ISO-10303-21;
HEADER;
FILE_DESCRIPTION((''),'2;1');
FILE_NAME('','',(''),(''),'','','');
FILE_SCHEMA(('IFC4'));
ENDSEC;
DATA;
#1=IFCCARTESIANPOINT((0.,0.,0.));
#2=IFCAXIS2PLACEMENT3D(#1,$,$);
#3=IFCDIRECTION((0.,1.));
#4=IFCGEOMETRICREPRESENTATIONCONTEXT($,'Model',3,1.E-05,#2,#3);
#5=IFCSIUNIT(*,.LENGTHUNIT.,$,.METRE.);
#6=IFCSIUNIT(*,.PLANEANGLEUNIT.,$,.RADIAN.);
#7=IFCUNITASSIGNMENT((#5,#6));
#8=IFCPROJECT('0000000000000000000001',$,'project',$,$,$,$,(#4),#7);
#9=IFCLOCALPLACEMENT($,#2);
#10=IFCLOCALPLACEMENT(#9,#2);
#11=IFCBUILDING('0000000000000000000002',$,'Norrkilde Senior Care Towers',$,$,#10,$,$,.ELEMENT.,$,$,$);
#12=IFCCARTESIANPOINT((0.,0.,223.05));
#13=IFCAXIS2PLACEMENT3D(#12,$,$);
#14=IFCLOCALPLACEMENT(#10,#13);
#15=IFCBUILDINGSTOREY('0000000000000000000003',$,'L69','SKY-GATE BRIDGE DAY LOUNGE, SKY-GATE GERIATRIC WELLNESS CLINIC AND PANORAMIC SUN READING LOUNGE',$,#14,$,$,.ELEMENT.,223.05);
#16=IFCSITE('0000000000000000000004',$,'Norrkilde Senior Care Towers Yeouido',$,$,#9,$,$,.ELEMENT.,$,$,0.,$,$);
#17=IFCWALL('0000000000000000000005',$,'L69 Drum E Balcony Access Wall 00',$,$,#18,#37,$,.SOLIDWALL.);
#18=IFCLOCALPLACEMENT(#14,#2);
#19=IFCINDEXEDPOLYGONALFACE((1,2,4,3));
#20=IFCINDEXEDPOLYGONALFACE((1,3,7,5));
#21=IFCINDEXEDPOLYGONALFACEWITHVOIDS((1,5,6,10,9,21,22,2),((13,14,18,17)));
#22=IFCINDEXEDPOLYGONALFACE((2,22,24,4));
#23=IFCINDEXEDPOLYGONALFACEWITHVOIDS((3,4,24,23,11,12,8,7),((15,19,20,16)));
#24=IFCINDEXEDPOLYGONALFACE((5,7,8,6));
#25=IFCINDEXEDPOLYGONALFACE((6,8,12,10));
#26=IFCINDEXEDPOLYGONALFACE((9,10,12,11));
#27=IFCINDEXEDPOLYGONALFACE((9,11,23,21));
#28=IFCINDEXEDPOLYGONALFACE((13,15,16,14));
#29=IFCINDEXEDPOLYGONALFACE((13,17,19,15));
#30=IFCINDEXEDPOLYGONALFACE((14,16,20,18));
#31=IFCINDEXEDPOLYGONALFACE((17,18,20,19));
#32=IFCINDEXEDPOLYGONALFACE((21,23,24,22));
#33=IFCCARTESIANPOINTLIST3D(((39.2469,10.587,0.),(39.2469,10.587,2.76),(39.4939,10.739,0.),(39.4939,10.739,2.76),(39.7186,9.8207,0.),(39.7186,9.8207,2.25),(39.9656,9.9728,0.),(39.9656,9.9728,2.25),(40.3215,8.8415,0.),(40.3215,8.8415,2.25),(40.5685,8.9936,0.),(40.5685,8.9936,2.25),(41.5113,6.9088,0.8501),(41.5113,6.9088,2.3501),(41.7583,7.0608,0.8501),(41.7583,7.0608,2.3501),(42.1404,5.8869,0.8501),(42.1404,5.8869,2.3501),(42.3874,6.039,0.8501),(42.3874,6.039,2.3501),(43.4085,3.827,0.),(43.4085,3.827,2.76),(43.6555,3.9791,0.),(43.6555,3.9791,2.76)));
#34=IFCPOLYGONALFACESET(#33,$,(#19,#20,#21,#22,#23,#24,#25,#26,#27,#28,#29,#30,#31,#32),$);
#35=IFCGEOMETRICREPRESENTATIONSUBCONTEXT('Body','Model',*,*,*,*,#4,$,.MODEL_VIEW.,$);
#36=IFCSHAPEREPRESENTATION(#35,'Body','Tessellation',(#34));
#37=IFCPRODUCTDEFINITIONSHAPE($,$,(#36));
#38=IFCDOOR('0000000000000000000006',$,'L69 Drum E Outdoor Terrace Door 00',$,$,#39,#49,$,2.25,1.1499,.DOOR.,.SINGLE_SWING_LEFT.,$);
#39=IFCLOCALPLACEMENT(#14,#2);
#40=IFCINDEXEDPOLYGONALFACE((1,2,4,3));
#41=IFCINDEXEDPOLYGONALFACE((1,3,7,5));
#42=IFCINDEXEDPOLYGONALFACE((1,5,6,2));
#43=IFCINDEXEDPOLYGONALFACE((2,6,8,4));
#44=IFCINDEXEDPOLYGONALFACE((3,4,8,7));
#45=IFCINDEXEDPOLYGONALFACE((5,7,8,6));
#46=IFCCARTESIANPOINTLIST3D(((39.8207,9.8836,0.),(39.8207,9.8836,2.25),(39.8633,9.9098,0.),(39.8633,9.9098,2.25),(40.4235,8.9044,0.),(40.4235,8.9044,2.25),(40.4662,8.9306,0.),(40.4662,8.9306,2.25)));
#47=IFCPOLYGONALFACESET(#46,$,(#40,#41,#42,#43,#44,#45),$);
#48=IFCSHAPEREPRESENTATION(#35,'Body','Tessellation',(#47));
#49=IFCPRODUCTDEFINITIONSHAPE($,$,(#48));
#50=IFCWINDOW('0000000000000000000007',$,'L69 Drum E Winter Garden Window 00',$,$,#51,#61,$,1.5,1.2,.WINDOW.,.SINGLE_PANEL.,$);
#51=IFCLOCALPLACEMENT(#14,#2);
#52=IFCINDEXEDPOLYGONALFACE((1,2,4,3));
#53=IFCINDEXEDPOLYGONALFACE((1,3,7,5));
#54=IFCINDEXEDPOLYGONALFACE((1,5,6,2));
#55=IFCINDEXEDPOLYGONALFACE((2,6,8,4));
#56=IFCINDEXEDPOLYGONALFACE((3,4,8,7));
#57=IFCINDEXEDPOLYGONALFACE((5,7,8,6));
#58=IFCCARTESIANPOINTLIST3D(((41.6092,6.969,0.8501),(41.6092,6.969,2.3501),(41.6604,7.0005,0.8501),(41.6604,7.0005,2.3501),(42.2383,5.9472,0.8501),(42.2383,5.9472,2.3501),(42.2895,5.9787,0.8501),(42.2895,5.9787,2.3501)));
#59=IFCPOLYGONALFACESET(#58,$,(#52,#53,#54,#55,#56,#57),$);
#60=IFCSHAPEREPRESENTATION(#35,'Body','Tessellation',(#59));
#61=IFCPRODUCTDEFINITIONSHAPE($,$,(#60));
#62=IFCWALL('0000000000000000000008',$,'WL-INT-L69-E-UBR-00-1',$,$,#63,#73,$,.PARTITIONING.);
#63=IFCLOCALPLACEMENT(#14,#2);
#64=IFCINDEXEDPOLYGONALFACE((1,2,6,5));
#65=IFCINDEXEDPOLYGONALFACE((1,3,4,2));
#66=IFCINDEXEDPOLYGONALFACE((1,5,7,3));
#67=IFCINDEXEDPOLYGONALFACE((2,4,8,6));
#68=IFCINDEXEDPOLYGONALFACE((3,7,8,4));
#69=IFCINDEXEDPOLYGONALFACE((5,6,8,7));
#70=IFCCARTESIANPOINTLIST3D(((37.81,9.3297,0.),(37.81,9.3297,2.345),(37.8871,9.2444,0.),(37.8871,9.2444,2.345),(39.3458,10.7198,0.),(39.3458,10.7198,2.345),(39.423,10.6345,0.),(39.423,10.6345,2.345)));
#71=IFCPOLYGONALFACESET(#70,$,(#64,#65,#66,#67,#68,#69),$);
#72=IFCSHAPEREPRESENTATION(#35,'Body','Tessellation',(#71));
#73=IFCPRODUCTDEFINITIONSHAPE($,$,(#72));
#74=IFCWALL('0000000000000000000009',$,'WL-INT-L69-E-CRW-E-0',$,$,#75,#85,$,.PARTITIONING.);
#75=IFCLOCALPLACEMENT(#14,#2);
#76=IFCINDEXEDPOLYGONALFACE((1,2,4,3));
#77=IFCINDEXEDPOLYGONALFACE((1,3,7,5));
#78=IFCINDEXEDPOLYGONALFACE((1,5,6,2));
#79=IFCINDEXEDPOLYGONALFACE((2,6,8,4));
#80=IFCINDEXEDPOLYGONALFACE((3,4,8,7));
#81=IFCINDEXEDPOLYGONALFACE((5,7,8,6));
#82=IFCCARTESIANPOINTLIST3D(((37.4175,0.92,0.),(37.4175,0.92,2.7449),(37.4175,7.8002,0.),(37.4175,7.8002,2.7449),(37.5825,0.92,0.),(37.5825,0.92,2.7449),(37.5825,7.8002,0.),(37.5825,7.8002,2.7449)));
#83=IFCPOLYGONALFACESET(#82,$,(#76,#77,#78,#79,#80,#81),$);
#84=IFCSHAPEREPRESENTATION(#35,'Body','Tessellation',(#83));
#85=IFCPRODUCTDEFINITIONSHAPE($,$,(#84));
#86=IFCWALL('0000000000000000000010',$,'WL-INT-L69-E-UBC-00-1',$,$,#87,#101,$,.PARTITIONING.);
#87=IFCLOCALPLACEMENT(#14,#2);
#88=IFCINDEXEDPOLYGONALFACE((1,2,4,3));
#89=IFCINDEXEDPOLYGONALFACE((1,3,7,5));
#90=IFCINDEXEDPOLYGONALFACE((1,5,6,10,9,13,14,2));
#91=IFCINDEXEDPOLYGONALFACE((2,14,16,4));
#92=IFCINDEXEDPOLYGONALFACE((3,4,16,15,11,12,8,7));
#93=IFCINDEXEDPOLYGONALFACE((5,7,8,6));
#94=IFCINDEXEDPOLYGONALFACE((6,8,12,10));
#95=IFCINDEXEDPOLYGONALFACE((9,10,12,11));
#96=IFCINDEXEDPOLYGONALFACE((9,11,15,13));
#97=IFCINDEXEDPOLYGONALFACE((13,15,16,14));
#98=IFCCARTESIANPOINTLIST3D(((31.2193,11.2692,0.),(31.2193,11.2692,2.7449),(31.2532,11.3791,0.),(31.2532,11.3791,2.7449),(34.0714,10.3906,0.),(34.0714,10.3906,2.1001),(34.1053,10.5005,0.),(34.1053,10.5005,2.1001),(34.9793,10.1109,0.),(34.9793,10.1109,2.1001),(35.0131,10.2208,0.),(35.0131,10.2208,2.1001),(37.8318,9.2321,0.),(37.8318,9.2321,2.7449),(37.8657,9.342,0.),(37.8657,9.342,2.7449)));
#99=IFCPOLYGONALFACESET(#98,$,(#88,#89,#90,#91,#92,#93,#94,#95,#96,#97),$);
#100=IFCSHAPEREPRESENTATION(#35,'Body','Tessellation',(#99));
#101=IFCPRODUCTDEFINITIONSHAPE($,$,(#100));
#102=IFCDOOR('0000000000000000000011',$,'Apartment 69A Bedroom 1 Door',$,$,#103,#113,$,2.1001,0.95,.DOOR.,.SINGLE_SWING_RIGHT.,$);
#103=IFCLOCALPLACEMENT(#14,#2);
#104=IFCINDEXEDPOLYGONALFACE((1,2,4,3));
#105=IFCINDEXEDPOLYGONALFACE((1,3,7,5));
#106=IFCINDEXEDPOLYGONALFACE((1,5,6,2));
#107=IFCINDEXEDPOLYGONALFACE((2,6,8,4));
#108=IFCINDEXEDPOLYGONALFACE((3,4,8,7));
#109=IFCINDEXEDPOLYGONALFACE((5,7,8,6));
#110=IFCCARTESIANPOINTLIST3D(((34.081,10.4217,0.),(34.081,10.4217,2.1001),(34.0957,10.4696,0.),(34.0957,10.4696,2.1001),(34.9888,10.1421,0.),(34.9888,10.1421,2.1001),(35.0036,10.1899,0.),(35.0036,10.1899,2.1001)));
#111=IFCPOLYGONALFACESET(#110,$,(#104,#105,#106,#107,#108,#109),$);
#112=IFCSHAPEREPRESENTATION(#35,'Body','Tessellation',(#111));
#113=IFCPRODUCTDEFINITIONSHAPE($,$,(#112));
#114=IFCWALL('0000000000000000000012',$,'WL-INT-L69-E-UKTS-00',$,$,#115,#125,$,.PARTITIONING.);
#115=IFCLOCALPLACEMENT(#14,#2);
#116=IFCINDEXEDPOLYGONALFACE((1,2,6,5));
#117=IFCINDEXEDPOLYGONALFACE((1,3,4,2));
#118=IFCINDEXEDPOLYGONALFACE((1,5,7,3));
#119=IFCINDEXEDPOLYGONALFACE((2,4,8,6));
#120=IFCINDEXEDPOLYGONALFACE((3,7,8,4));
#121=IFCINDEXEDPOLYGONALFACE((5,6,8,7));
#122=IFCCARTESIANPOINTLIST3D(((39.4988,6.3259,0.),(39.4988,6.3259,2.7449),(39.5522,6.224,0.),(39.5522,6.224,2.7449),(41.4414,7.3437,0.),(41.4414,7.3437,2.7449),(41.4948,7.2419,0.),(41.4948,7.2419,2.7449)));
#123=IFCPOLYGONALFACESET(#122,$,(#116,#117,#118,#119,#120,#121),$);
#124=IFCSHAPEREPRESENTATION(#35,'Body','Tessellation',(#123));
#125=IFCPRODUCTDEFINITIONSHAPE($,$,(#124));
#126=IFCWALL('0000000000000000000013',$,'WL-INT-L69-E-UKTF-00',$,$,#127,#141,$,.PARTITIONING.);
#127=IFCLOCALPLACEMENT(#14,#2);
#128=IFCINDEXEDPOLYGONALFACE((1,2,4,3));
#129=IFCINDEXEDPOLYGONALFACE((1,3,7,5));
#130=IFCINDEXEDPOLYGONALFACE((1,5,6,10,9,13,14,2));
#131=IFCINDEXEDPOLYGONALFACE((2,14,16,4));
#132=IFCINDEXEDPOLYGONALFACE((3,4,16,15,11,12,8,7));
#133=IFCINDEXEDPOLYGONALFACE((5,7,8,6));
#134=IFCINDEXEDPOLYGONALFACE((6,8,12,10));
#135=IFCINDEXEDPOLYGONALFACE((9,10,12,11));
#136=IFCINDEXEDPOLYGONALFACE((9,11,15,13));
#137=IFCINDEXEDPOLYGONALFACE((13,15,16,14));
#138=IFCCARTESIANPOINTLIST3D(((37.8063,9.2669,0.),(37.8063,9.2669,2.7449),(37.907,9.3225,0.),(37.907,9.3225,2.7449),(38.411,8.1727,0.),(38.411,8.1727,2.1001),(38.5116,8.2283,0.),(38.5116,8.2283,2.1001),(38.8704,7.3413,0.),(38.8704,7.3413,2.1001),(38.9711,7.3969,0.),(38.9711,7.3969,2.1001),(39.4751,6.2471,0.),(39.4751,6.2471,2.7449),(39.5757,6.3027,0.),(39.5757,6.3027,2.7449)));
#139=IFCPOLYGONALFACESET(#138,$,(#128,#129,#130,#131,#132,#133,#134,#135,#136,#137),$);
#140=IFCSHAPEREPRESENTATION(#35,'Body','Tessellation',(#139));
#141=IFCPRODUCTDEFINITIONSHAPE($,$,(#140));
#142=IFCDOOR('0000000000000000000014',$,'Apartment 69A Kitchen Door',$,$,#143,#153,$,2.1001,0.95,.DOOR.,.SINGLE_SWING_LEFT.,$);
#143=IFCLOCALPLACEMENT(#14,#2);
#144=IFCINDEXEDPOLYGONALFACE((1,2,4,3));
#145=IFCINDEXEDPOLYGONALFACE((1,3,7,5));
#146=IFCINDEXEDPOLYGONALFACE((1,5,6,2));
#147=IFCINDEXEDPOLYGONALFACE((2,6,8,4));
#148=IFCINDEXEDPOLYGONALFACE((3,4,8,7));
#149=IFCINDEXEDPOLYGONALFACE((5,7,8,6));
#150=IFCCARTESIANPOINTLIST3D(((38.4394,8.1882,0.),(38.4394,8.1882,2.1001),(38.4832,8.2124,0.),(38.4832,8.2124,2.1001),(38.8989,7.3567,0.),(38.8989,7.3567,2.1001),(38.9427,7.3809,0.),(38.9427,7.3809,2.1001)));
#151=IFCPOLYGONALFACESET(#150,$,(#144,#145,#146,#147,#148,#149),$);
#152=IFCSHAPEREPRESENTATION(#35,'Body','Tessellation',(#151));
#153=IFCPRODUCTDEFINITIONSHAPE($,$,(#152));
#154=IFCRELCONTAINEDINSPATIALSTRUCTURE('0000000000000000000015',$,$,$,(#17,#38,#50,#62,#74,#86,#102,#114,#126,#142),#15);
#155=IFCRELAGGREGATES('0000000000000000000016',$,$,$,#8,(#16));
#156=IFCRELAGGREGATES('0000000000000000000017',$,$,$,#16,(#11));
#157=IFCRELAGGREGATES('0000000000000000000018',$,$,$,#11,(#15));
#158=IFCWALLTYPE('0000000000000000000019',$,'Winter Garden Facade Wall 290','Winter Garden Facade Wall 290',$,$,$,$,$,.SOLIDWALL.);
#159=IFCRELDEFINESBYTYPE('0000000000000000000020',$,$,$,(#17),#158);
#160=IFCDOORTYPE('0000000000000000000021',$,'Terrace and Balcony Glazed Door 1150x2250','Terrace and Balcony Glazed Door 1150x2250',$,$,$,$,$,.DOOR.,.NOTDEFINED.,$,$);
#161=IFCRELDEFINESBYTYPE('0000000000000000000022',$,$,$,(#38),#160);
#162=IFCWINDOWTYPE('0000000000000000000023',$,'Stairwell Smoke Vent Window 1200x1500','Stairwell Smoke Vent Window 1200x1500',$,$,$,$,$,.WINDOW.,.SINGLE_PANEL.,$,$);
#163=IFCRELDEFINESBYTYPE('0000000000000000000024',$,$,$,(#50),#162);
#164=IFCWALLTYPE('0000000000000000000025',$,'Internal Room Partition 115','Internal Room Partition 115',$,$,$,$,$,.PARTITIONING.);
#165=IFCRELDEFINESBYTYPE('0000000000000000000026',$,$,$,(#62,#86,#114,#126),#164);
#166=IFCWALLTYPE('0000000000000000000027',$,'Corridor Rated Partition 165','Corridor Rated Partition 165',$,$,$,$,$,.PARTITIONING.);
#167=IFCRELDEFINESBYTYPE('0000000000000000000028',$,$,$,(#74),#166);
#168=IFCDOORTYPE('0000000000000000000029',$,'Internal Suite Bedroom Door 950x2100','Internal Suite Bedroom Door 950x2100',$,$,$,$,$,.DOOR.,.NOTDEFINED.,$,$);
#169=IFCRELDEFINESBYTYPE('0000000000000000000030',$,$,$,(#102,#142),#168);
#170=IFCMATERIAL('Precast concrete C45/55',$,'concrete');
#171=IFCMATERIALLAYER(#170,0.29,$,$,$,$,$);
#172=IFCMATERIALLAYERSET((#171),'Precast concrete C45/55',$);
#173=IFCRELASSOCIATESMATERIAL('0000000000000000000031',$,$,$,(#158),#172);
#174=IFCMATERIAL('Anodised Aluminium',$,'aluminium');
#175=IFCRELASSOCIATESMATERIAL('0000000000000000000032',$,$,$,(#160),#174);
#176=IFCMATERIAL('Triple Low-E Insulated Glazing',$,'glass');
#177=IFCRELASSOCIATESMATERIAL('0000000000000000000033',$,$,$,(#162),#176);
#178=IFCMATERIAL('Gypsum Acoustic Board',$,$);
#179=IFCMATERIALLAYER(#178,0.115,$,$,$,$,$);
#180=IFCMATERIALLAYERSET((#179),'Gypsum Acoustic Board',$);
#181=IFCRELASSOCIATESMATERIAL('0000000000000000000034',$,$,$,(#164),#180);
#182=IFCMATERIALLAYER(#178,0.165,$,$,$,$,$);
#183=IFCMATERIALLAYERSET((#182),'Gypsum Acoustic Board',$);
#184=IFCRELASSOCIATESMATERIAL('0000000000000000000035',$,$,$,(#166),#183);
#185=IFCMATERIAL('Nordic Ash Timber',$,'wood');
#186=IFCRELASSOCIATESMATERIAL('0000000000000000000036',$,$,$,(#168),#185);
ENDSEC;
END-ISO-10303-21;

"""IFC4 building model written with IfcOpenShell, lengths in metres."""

from ifc_helpers import new_model, si_unit, direction, frame, frame_2d, origin, place, context, subcontext, project, spatial, rectangle, extrude, source, transform, mapped, material, layer, layer_set, type_object, type_shapes, element, fill, save


model = new_model("IFC4")

# Units and contexts
model_context = context("Model", 3, precision=1e-05, world=origin(), true_north=direction((0.0, 1.0)))
body_context = subcontext(model_context, "Body", "Model", "MODEL_VIEW")
ifc_project = project(units=[si_unit("LENGTHUNIT", "METRE"), si_unit("PLANEANGLEUNIT", "RADIAN")], contexts=[model_context])

# Site, building, storey
site_placement = place(None, origin())
site = spatial("IfcSite", under=ifc_project, at=site_placement, Name="Norrkilde Senior Care Towers Yeouido", CompositionType="ELEMENT", RefElevation=0.0)
building_placement = place(site_placement, origin())
building = spatial("IfcBuilding", under=site, at=building_placement, Name="Norrkilde Senior Care Towers", CompositionType="ELEMENT")
storey_placement = place(building_placement, frame((0.0, 0.0, 223.05)))
storey = spatial("IfcBuildingStorey", under=building, at=storey_placement, Name="L69", Description="SKY-GATE BRIDGE DAY LOUNGE, SKY-GATE GERIATRIC WELLNESS CLINIC AND PANORAMIC SUN READING LOUNGE", CompositionType="ELEMENT", Elevation=223.05)

# Shared definitions
ifc_material_1 = material(Name="Triple Low-E Insulated Glazing", Category="glass")
ifc_material_2 = material(Name="Anodised Aluminium", Category="aluminium")

# Wall, openings, door, window
ifc_material_3 = material(Name="Precast concrete C45/55", Category="concrete")
ifc_layer_1 = layer(ifc_material_3, 0.29)
ifc_layer_set_1 = layer_set([ifc_layer_1], Name="Precast concrete C45/55")
wall_type_1 = type_object("IfcWallType", Name="Winter Garden Facade Wall 290", Description="Winter Garden Facade Wall 290", PredefinedType="SOLIDWALL", material=ifc_layer_set_1)
shared_shape_1 = source(origin(), body_context, "Body", "SweptSolid", [
    extrude(rectangle(XDim=7.9382, YDim=0.29, at=frame_2d((3.9692, 0.0))), origin(), (0.0, 0.0, 1.0), 2.76),
])
type_shapes(wall_type_1, [shared_shape_1])
wall_1_placement = place(storey_placement, frame((39.3704, 10.6631, 0.0), z_axis=(0.0, 0.0, 1.0), x_axis=(0.524245, -0.851567, 0.0)))
wall_1 = element("IfcWall", 1, at=wall_1_placement, inside=storey, type_object=wall_type_1, Name="L69 Drum E Balcony Access Wall 00", PredefinedType="SOLIDWALL", context=body_context, shape_type="MappedRepresentation", body=[
    mapped(shared_shape_1, transform((0.0, 0.0, 0.0), x_axis=(1.0, 0.0, 0.0), y_axis=(0.0, 1.0, 0.0), z_axis=(0.0, 0.0, 1.0), scale=1.0)),
])
opening_1_placement = place(wall_1_placement, frame((0.8999, 0.0, 0.0)))
opening_1 = element("IfcOpeningElement", 2, at=opening_1_placement, cuts=wall_1, PredefinedType="OPENING", context=body_context, shape_type="SweptSolid", body=[
    extrude(rectangle(XDim=1.1499, YDim=2.25, at=frame_2d((0.575, 1.125))), frame((0.0, 0.155, 0.0), z_axis=(0.0, -1.0, 0.0), x_axis=(1.0, 0.0, 0.0)), (0.0, 0.0, 1.0), 0.3101),
])
opening_2_placement = place(wall_1_placement, frame((4.3193, 0.0, 0.8501)))
opening_2 = element("IfcOpeningElement", 3, at=opening_2_placement, cuts=wall_1, PredefinedType="OPENING", context=body_context, shape_type="SweptSolid", body=[
    extrude(rectangle(XDim=1.2, YDim=1.5, at=frame_2d((0.6001, 0.75))), frame((0.0, 0.155, 0.0), z_axis=(0.0, -1.0, 0.0), x_axis=(1.0, 0.0, 0.0)), (0.0, 0.0, 1.0), 0.3101),
])
door_type_1 = type_object("IfcDoorType", Name="Terrace and Balcony Glazed Door 1150x2250", Description="Terrace and Balcony Glazed Door 1150x2250", OperationType="NOTDEFINED", PredefinedType="DOOR", material=ifc_material_2)
shared_shape_2 = source(origin(), body_context, "Body", "SweptSolid", [
    extrude(rectangle(XDim=1.1499, YDim=2.25, at=frame_2d((0.575, 1.125))), frame((0.0, 0.0249, 0.0), z_axis=(0.0, -1.0, 0.0), x_axis=(1.0, 0.0, 0.0)), (0.0, 0.0, 1.0), 0.05),
])
type_shapes(door_type_1, [shared_shape_2])
door_1_placement = place(opening_1_placement, origin())
door_1 = element("IfcDoor", 4, at=door_1_placement, inside=storey, type_object=door_type_1, Name="L69 Drum E Outdoor Terrace Door 00", OperationType="SINGLE_SWING_LEFT", OverallHeight=2.25, OverallWidth=1.1499, PredefinedType="DOOR", context=body_context, shape_type="MappedRepresentation", body=[
    mapped(shared_shape_2, transform((0.0, 0.0, 0.0), x_axis=(1.0, 0.0, 0.0), y_axis=(0.0, 1.0, 0.0), z_axis=(0.0, 0.0, 1.0), scale=1.0)),
])
fill(opening_1, door_1)
window_type = type_object("IfcWindowType", Name="Stairwell Smoke Vent Window 1200x1500", Description="Stairwell Smoke Vent Window 1200x1500", PartitioningType="SINGLE_PANEL", PredefinedType="WINDOW", material=ifc_material_1)
shared_shape_3 = source(origin(), body_context, "Body", "SweptSolid", [
    extrude(rectangle(XDim=1.2, YDim=1.5, at=frame_2d((0.6001, 0.75))), frame((0.0, 0.03, 0.0), z_axis=(0.0, -1.0, 0.0), x_axis=(1.0, 0.0, 0.0)), (0.0, 0.0, 1.0), 0.0601),
])
type_shapes(window_type, [shared_shape_3])
window_placement = place(opening_2_placement, origin())
window = element("IfcWindow", 5, at=window_placement, inside=storey, type_object=window_type, Name="L69 Drum E Winter Garden Window 00", OverallHeight=1.5, OverallWidth=1.2, PartitioningType="SINGLE_PANEL", PredefinedType="WINDOW", context=body_context, shape_type="MappedRepresentation", body=[
    mapped(shared_shape_3, transform((0.0, 0.0, 0.0), x_axis=(1.0, 0.0, 0.0), y_axis=(0.0, 1.0, 0.0), z_axis=(0.0, 0.0, 1.0), scale=1.0)),
])
fill(opening_2, window)

# Walls
ifc_material_4 = material(Name="Gypsum Acoustic Board")
ifc_layer_2 = layer(ifc_material_4, 0.115)
ifc_layer_set_2 = layer_set([ifc_layer_2], Name="Gypsum Acoustic Board")
wall_type_2 = type_object("IfcWallType", Name="Internal Room Partition 115", Description="Internal Room Partition 115", PredefinedType="PARTITIONING", material=ifc_layer_set_2)
shared_shape_4 = source(origin(), body_context, "Body", "SweptSolid", [
    extrude(rectangle(XDim=2.0715, YDim=0.115, at=frame_2d((1.0356, 0.0))), origin(), (0.0, 0.0, 1.0), 2.345),
])
wall_2_placement = place(storey_placement, frame((37.8486, 9.2871, 0.0), z_axis=(0.0, 0.0, 1.0), x_axis=(0.74141, 0.671052, 0.0)))
element("IfcWall", 6, at=wall_2_placement, inside=storey, type_object=wall_type_2, Name="WL-INT-L69-E-UBR-00-1", PredefinedType="PARTITIONING", context=body_context, shape_type="MappedRepresentation", body=[
    mapped(shared_shape_4, transform((0.0, 0.0, 0.0), x_axis=(1.0, 0.0, 0.0), y_axis=(0.0, 1.0, 0.0), z_axis=(0.0, 0.0, 1.0), scale=1.0)),
])
ifc_layer_3 = layer(ifc_material_4, 0.165)
ifc_layer_set_3 = layer_set([ifc_layer_3], Name="Gypsum Acoustic Board")
wall_type_3 = type_object("IfcWallType", Name="Corridor Rated Partition 165", Description="Corridor Rated Partition 165", PredefinedType="PARTITIONING", material=ifc_layer_set_3)
shared_shape_5 = source(origin(), body_context, "Body", "SweptSolid", [
    extrude(rectangle(XDim=6.8801, YDim=0.165, at=frame_2d((3.4399, 0.0))), origin(), (0.0, 0.0, 1.0), 2.7449),
])
type_shapes(wall_type_3, [shared_shape_5])
wall_3_placement = place(storey_placement, frame((37.5, 7.8, 0.0), z_axis=(0.0, 0.0, 1.0), x_axis=(0.0, -1.0, 0.0)))
element("IfcWall", 7, at=wall_3_placement, inside=storey, type_object=wall_type_3, Name="WL-INT-L69-E-CRW-E-0", PredefinedType="PARTITIONING", context=body_context, shape_type="MappedRepresentation", body=[
    mapped(shared_shape_5, transform((0.0, 0.0, 0.0), x_axis=(1.0, 0.0, 0.0), y_axis=(0.0, 1.0, 0.0), z_axis=(0.0, 0.0, 1.0), scale=1.0)),
])

# Wall, opening, door
shared_shape_6 = source(origin(), body_context, "Body", "SweptSolid", [
    extrude(rectangle(XDim=6.9192, YDim=0.115, at=frame_2d((3.4595, 0.0))), origin(), (0.0, 0.0, 1.0), 2.7449),
])
wall_4_placement = place(storey_placement, frame((37.8486, 9.2871, 0.0), z_axis=(0.0, 0.0, 1.0), x_axis=(-0.955678, 0.294413, 0.0)))
wall_4 = element("IfcWall", 8, at=wall_4_placement, inside=storey, type_object=wall_type_2, Name="WL-INT-L69-E-UBC-00-1", PredefinedType="PARTITIONING", context=body_context, shape_type="MappedRepresentation", body=[
    mapped(shared_shape_6, transform((0.0, 0.0, 0.0), x_axis=(1.0, 0.0, 0.0), y_axis=(0.0, 1.0, 0.0), z_axis=(0.0, 0.0, 1.0), scale=1.0)),
])
opening_3_placement = place(wall_4_placement, frame((2.9846, 0.0, 0.0)))
opening_3 = element("IfcOpeningElement", 9, at=opening_3_placement, cuts=wall_4, PredefinedType="OPENING", context=body_context, shape_type="SweptSolid", body=[
    extrude(rectangle(XDim=0.95, YDim=2.1001, at=frame_2d((0.4751, 1.05))), frame((0.0, 0.0674, 0.0), z_axis=(0.0, -1.0, 0.0), x_axis=(1.0, 0.0, 0.0)), (0.0, 0.0, 1.0), 0.135),
])
ifc_material_5 = material(Name="Nordic Ash Timber", Category="wood")
door_type_2 = type_object("IfcDoorType", Name="Internal Suite Bedroom Door 950x2100", Description="Internal Suite Bedroom Door 950x2100", OperationType="NOTDEFINED", PredefinedType="DOOR", material=ifc_material_5)
shared_shape_7 = source(origin(), body_context, "Body", "SweptSolid", [
    extrude(rectangle(XDim=0.95, YDim=2.1001, at=frame_2d((0.4751, 1.05))), frame((0.0, 0.0249, 0.0), z_axis=(0.0, -1.0, 0.0), x_axis=(1.0, 0.0, 0.0)), (0.0, 0.0, 1.0), 0.05),
])
type_shapes(door_type_2, [shared_shape_7])
door_2_placement = place(opening_3_placement, origin())
door_2 = element("IfcDoor", 10, at=door_2_placement, inside=storey, type_object=door_type_2, Name="Apartment 69A Bedroom 1 Door", OperationType="SINGLE_SWING_RIGHT", OverallHeight=2.1001, OverallWidth=0.95, PredefinedType="DOOR", context=body_context, shape_type="MappedRepresentation", body=[
    mapped(shared_shape_7, transform((0.0, 0.0, 0.0), x_axis=(1.0, 0.0, 0.0), y_axis=(0.0, 1.0, 0.0), z_axis=(0.0, 0.0, 1.0), scale=1.0)),
])
fill(opening_3, door_2)

# Wall
shared_shape_8 = source(origin(), body_context, "Body", "SweptSolid", [
    extrude(rectangle(XDim=2.1931, YDim=0.115, at=frame_2d((1.0967, 0.0))), origin(), (0.0, 0.0, 1.0), 2.7449),
])
wall_5_placement = place(storey_placement, frame((39.5254, 6.2749, 0.0), z_axis=(0.0, 0.0, 1.0), x_axis=(0.885784, 0.464099, 0.0)))
element("IfcWall", 11, at=wall_5_placement, inside=storey, type_object=wall_type_2, Name="WL-INT-L69-E-UKTS-00", PredefinedType="PARTITIONING", context=body_context, shape_type="MappedRepresentation", body=[
    mapped(shared_shape_8, transform((0.0, 0.0, 0.0), x_axis=(1.0, 0.0, 0.0), y_axis=(0.0, 1.0, 0.0), z_axis=(0.0, 0.0, 1.0), scale=1.0)),
])

# Wall, opening, door
shared_shape_9 = source(origin(), body_context, "Body", "SweptSolid", [
    extrude(rectangle(XDim=3.4502, YDim=0.115, at=frame_2d((1.7251, 0.0))), origin(), (0.0, 0.0, 1.0), 2.7449),
])
type_shapes(wall_type_2, [shared_shape_4, shared_shape_6, shared_shape_8, shared_shape_9])
wall_6_placement = place(storey_placement, frame((39.5254, 6.2749, 0.0), z_axis=(0.0, 0.0, 1.0), x_axis=(-0.483659, 0.875257, 0.0)))
wall_6 = element("IfcWall", 12, at=wall_6_placement, inside=storey, type_object=wall_type_2, Name="WL-INT-L69-E-UKTF-00", PredefinedType="PARTITIONING", context=body_context, shape_type="MappedRepresentation", body=[
    mapped(shared_shape_9, transform((0.0, 0.0, 0.0), x_axis=(1.0, 0.0, 0.0), y_axis=(0.0, 1.0, 0.0), z_axis=(0.0, 0.0, 1.0), scale=1.0)),
])
opening_4_placement = place(wall_6_placement, frame((1.25, 0.0, 0.0)))
opening_4 = element("IfcOpeningElement", 13, at=opening_4_placement, cuts=wall_6, PredefinedType="OPENING", context=body_context, shape_type="SweptSolid", body=[
    extrude(rectangle(XDim=0.95, YDim=2.1001, at=frame_2d((0.4751, 1.05))), frame((0.0, 0.0674, 0.0), z_axis=(0.0, -1.0, 0.0), x_axis=(1.0, 0.0, 0.0)), (0.0, 0.0, 1.0), 0.135),
])
door_3_placement = place(opening_4_placement, frame((0.95, 0.0, 0.0), z_axis=(0.0, 0.0, 1.0), x_axis=(-1.0, 0.0, 0.0)))
door_3 = element("IfcDoor", 14, at=door_3_placement, inside=storey, type_object=door_type_2, Name="Apartment 69A Kitchen Door", OperationType="SINGLE_SWING_LEFT", OverallHeight=2.1001, OverallWidth=0.95, PredefinedType="DOOR", context=body_context, shape_type="MappedRepresentation", body=[
    mapped(shared_shape_7, transform((0.0, 0.0, 0.0), x_axis=(1.0, 0.0, 0.0), y_axis=(0.0, 1.0, 0.0), z_axis=(0.0, 0.0, 1.0), scale=1.0)),
])
fill(opening_4, door_3)

save(model, "model.ifc")
